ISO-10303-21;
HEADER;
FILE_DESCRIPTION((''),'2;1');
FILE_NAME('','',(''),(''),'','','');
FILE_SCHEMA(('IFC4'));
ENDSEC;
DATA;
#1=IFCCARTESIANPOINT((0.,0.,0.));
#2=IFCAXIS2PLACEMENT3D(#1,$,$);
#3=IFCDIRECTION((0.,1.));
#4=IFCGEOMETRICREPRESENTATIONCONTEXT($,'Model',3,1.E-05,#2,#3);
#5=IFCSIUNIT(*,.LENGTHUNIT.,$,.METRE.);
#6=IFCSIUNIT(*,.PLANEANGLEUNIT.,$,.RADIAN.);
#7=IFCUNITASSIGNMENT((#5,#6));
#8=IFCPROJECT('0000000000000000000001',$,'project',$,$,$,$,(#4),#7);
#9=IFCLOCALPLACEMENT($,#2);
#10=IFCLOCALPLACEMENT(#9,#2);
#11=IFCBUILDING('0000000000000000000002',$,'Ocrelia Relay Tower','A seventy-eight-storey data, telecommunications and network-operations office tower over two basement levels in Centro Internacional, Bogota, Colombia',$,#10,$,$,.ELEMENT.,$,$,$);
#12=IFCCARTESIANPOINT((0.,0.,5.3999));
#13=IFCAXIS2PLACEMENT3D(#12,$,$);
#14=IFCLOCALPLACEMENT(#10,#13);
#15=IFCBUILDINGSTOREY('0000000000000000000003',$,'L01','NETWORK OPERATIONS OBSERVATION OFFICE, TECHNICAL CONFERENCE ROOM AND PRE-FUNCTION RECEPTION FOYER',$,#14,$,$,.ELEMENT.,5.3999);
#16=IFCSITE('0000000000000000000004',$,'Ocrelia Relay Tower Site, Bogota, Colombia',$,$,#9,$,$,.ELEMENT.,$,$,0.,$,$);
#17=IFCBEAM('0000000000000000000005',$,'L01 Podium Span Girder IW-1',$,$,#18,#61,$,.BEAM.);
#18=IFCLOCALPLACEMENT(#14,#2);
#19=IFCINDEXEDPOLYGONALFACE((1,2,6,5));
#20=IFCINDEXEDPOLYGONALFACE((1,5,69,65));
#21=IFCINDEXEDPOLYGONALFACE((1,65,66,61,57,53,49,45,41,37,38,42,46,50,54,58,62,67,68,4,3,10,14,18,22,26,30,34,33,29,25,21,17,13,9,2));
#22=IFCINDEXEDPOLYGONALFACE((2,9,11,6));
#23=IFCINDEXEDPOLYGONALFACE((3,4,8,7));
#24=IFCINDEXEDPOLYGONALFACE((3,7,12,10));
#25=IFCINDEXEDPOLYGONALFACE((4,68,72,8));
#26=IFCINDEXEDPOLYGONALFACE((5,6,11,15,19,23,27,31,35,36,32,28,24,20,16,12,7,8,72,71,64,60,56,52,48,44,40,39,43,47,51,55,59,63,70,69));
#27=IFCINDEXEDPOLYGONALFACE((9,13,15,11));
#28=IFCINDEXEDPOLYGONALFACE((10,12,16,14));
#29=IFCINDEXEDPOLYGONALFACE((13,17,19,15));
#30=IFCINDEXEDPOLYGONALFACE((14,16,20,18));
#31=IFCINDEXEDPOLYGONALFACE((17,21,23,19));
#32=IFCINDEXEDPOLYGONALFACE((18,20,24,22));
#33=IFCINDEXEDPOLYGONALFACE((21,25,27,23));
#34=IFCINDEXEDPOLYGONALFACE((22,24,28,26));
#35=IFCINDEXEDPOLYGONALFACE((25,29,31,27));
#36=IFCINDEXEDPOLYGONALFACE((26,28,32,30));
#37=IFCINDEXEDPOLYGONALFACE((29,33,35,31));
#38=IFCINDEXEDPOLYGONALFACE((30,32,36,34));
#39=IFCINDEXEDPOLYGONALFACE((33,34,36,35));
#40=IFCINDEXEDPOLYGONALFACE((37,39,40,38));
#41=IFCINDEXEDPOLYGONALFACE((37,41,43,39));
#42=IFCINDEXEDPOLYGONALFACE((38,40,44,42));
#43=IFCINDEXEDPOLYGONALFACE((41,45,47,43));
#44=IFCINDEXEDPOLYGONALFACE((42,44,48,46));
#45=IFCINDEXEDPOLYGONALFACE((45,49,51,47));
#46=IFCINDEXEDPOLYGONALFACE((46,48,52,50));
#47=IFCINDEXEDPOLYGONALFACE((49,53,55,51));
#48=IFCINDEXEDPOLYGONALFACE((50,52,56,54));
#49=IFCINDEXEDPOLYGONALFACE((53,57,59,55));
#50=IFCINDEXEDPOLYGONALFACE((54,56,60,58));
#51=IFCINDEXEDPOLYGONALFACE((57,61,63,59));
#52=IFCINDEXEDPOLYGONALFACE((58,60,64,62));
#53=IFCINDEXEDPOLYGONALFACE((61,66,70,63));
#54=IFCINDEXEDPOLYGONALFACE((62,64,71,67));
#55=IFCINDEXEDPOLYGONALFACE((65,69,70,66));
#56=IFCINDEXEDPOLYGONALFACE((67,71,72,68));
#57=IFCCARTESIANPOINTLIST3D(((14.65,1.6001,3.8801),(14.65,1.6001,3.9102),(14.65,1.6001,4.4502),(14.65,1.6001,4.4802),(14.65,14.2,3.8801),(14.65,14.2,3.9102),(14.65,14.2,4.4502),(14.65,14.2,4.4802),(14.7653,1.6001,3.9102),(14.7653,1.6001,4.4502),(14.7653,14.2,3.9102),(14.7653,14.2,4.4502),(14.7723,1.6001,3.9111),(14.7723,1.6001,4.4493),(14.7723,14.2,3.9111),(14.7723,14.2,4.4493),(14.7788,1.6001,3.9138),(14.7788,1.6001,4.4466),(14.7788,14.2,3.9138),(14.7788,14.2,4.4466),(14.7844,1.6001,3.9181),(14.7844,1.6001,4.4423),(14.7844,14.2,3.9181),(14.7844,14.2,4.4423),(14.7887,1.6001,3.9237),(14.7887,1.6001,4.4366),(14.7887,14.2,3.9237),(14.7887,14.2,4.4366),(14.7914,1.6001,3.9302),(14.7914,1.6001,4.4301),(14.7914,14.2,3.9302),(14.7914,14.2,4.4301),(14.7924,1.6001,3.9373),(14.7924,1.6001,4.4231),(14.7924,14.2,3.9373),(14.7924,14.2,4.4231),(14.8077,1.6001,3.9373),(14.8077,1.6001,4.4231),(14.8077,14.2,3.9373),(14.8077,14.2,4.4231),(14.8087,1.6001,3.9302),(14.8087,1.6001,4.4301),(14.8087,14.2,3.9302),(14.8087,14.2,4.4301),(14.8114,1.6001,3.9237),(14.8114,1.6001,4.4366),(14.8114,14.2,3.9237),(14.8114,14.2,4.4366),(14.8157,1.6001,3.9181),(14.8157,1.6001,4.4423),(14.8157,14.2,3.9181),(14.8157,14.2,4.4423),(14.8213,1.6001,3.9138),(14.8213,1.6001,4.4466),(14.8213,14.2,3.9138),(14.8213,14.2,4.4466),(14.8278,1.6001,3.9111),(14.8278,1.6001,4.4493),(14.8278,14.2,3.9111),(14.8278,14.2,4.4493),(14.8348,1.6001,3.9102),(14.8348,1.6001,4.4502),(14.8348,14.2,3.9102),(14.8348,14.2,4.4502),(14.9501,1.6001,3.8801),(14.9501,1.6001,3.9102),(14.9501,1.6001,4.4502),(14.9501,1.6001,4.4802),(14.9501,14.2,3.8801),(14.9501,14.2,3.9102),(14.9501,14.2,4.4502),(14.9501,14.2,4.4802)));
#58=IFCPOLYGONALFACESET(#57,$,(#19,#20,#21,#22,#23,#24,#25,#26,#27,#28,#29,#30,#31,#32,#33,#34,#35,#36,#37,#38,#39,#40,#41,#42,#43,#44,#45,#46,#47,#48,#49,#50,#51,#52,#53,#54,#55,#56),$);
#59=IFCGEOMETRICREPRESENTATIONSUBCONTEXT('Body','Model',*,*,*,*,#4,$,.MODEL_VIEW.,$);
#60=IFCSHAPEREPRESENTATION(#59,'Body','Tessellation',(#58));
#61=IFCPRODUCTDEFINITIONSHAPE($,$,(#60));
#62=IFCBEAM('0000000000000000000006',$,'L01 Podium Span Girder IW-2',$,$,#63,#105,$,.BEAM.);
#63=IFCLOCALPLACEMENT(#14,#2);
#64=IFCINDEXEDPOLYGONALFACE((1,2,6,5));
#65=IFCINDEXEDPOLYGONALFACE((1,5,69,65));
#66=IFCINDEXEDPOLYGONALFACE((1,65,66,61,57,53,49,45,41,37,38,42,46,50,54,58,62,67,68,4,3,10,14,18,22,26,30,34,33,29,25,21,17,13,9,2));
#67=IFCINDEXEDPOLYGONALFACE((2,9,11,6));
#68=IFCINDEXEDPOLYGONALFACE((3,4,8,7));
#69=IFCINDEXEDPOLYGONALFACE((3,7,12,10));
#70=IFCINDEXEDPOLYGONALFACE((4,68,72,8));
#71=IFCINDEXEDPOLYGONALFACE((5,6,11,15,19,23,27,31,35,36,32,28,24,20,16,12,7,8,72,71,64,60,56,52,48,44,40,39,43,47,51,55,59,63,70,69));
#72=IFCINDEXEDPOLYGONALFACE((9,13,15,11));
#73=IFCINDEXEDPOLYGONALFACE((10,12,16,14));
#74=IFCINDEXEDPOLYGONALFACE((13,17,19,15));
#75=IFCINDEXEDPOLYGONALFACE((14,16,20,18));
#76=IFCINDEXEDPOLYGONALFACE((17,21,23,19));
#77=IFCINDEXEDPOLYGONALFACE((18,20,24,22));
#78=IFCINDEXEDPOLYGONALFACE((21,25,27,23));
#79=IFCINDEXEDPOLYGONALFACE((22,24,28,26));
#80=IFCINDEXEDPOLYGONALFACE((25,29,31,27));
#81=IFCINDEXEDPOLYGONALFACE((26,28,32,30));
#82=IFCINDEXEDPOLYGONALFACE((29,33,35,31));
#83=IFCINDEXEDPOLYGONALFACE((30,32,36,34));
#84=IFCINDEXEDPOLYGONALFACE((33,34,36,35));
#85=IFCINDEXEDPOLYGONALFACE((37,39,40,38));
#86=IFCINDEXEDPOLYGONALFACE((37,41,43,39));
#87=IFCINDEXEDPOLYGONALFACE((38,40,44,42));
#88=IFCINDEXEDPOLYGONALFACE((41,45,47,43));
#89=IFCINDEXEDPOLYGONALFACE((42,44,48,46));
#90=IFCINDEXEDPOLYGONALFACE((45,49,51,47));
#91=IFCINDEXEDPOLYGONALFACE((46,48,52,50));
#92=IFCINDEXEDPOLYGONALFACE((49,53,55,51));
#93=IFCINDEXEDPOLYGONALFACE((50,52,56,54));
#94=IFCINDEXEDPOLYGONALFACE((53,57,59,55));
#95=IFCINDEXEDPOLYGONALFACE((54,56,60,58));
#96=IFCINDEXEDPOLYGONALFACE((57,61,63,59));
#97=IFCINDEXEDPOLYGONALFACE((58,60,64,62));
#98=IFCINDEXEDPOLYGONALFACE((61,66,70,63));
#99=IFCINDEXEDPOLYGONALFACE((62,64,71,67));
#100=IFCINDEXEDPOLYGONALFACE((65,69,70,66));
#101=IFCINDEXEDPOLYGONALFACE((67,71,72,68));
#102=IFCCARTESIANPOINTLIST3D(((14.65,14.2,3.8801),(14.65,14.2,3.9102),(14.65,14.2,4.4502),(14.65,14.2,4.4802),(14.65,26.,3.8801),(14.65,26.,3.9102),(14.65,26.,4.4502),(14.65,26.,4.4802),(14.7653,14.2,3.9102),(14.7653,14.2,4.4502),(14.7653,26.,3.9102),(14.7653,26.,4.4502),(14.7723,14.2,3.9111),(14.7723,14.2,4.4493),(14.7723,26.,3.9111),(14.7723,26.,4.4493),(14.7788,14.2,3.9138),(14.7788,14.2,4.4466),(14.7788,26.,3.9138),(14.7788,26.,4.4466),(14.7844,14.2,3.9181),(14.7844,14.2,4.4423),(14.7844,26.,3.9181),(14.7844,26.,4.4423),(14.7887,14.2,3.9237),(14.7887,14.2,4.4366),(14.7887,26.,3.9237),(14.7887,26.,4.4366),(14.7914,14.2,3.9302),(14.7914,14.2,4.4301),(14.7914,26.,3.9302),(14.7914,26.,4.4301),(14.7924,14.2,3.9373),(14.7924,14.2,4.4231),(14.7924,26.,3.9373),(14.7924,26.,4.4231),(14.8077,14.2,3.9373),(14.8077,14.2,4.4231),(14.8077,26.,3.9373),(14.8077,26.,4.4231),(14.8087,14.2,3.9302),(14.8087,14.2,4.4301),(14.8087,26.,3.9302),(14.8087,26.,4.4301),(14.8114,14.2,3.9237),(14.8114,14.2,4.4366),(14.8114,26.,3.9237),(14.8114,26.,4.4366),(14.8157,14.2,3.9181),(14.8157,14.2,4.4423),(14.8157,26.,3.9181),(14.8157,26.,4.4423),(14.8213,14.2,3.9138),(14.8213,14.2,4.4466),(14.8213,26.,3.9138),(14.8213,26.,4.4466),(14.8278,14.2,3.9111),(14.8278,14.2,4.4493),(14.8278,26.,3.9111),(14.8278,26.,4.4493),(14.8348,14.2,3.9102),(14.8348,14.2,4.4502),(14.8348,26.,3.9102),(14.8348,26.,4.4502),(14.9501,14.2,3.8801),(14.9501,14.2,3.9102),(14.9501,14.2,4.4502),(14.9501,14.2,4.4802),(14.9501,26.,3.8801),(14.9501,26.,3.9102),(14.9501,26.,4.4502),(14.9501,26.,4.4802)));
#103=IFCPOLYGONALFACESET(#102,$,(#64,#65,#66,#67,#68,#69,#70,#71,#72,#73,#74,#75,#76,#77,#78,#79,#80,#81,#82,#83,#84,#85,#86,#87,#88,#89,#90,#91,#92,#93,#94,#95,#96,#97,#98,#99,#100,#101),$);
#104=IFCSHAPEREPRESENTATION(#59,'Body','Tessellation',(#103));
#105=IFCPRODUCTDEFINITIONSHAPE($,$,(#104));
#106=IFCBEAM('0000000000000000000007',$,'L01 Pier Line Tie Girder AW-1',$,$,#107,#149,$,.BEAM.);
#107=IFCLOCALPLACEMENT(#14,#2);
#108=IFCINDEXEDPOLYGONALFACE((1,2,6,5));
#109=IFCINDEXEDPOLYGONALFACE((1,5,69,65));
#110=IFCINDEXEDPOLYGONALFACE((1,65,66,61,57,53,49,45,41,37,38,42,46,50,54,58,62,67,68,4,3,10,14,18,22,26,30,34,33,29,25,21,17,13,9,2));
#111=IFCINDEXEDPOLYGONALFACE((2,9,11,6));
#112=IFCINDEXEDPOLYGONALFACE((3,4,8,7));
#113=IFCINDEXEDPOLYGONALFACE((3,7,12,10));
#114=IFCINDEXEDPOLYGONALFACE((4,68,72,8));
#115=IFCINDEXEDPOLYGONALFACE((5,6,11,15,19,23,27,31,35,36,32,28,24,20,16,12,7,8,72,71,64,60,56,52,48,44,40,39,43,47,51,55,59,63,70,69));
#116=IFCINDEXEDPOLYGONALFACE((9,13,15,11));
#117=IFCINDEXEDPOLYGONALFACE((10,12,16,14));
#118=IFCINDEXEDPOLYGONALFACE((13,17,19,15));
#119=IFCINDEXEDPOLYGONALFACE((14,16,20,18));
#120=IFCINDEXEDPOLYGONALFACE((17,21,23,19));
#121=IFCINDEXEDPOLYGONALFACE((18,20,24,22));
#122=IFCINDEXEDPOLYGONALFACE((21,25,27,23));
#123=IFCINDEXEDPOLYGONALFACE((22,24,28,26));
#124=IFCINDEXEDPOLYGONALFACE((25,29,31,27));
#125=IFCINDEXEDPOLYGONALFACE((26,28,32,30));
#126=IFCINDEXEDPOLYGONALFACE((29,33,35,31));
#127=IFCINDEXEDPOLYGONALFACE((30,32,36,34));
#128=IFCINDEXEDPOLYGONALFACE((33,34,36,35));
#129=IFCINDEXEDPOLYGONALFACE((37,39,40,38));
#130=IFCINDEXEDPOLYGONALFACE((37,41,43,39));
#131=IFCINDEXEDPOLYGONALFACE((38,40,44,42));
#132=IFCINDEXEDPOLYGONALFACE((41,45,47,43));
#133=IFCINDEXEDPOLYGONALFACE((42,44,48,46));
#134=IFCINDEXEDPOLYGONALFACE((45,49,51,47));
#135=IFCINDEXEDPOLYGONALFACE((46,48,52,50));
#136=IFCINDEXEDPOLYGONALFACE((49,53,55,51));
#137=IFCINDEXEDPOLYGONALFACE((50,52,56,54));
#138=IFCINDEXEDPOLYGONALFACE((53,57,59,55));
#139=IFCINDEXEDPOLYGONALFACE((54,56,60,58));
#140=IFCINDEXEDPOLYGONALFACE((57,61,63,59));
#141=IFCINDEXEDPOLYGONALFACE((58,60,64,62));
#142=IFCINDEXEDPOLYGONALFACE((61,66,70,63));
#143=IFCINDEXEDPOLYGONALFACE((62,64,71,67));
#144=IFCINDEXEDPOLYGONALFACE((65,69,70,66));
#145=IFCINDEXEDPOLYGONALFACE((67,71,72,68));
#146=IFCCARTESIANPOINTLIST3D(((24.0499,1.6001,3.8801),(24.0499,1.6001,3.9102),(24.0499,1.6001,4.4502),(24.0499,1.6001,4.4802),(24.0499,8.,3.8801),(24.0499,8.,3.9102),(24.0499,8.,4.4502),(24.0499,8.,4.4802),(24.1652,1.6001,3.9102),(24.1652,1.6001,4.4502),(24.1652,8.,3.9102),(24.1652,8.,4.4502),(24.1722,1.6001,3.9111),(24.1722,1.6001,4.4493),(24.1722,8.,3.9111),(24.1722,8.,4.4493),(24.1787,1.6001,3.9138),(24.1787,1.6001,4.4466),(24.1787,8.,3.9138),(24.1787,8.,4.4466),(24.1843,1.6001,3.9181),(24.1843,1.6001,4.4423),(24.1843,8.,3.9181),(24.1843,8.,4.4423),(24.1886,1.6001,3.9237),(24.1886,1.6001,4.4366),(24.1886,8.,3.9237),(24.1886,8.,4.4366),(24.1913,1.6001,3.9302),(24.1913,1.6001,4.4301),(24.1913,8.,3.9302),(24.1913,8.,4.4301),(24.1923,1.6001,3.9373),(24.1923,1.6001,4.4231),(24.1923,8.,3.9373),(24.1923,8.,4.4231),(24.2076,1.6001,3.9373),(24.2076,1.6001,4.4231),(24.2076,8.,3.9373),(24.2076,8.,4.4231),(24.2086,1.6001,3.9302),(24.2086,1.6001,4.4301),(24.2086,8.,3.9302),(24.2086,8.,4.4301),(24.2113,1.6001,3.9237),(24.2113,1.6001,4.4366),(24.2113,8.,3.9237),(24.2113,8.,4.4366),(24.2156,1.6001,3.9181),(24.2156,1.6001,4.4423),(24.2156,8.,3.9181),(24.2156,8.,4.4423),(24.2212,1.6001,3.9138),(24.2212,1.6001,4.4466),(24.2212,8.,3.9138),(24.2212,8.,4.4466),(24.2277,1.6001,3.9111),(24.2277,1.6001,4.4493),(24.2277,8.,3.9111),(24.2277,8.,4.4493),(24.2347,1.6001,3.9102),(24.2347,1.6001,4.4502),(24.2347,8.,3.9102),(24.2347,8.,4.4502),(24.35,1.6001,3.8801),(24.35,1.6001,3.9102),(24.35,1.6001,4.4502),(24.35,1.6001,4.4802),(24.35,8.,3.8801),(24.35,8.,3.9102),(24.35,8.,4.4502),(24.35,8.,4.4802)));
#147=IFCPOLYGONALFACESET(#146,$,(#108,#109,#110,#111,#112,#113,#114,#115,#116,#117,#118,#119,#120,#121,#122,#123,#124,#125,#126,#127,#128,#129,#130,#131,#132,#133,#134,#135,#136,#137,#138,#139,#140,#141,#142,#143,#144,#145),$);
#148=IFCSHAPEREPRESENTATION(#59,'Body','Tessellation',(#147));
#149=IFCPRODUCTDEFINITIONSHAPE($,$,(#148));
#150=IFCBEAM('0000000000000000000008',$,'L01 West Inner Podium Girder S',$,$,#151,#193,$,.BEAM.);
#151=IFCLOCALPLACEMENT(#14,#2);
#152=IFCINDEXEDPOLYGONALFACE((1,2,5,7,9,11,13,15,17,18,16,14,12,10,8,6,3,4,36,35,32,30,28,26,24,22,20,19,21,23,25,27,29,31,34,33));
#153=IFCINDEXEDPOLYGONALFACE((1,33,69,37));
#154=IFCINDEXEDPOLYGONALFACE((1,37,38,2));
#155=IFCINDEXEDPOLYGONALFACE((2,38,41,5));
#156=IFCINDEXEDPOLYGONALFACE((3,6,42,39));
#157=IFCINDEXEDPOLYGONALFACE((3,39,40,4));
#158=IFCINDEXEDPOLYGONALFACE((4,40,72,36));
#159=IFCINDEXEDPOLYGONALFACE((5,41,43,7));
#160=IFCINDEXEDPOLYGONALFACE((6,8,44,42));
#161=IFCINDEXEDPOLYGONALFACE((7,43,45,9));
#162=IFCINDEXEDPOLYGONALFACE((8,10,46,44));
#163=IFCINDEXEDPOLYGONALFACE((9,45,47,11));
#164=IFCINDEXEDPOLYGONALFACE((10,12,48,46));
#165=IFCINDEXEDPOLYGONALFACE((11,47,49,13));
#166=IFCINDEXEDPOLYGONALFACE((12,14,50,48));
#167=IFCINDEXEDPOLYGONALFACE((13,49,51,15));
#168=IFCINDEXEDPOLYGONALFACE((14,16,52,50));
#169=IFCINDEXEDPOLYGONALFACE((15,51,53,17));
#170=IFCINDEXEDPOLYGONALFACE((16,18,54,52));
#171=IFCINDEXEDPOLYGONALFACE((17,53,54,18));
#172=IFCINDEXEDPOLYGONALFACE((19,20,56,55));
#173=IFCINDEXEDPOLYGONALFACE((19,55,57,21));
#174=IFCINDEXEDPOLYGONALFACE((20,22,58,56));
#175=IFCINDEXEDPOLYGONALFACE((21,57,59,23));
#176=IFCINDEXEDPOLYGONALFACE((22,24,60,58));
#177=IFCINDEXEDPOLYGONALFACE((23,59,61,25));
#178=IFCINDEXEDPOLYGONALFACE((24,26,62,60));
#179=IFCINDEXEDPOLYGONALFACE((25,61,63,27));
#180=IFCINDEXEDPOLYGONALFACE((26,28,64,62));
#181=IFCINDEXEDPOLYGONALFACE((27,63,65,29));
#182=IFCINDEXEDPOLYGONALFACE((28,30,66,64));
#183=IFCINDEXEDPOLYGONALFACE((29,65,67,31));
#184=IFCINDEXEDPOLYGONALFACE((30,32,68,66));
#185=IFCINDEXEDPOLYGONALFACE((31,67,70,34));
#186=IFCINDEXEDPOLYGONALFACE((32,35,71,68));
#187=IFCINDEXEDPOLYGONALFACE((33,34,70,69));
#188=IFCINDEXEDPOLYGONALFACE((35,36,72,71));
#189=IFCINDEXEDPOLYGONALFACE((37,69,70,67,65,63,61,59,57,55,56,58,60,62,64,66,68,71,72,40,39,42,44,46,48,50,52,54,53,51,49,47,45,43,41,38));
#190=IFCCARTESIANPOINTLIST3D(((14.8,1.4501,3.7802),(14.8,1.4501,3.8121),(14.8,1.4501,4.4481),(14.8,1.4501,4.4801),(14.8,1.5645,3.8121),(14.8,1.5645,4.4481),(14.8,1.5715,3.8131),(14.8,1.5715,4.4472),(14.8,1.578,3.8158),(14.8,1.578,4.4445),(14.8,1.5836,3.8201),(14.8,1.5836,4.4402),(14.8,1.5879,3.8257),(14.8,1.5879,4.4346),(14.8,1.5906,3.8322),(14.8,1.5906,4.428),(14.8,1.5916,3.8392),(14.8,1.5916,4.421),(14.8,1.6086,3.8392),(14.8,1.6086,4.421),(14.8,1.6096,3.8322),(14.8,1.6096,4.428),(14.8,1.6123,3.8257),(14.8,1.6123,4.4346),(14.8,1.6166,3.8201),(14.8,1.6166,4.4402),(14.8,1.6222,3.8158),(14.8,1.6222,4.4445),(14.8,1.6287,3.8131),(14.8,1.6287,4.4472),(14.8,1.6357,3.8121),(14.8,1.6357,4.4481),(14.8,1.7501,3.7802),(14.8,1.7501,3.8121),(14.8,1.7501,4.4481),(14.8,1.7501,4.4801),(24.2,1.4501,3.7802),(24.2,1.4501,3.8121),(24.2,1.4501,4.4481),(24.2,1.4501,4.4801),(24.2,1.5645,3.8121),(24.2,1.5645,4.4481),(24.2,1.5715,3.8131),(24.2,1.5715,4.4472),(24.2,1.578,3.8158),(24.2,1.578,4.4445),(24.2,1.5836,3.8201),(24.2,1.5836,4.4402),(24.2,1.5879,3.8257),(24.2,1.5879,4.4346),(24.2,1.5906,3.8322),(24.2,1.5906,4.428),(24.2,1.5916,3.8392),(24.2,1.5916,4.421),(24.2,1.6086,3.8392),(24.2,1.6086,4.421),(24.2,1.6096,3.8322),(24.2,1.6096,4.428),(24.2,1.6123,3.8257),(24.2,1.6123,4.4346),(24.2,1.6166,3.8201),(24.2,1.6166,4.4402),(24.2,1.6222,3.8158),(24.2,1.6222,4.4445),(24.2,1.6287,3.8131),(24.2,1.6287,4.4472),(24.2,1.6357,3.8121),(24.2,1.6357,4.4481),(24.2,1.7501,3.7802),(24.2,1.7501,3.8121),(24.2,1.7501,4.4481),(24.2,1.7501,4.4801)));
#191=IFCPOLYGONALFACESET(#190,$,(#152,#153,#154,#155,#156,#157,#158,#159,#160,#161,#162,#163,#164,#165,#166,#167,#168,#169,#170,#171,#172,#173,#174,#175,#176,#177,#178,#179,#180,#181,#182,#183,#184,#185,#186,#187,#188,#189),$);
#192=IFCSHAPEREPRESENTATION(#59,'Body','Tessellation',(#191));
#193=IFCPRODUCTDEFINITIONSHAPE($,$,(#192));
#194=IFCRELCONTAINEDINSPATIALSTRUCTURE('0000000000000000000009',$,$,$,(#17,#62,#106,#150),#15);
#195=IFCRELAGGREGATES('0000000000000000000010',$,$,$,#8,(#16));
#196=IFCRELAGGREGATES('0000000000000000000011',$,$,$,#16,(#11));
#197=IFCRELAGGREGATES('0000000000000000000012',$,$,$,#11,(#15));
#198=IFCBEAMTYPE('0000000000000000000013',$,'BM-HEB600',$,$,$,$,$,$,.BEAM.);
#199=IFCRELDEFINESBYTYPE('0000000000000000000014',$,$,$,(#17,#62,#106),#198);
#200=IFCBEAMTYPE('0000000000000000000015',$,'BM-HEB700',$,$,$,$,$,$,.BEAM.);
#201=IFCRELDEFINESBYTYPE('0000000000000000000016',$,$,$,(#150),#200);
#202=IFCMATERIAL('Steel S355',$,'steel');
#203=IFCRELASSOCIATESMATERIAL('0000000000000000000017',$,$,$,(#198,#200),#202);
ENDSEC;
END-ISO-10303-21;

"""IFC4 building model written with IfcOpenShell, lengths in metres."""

from ifc_helpers import new_model, si_unit, direction, frame, origin, origin_2d, place, context, subcontext, project, spatial, i_section, extrude, material, material_profile, profile_set, type_object, element, save


model = new_model("IFC4")

# Units and contexts
model_context = context("Model", 3, precision=1e-05, world=origin(), true_north=direction((0.0, 1.0)))
body_context = subcontext(model_context, "Body", "Model", "MODEL_VIEW")
ifc_project = project(units=[si_unit("LENGTHUNIT", "METRE"), si_unit("PLANEANGLEUNIT", "RADIAN")], contexts=[model_context])

# Site, building, storey
site_placement = place(None, origin())
site = spatial("IfcSite", under=ifc_project, at=site_placement, Name="Ocrelia Relay Tower Site, Bogota, Colombia", CompositionType="ELEMENT", RefElevation=0.0)
building_placement = place(site_placement, origin())
building = spatial("IfcBuilding", under=site, at=building_placement, Name="Ocrelia Relay Tower", Description="A seventy-eight-storey data, telecommunications and network-operations office tower over two basement levels in Centro Internacional, Bogota, Colombia", CompositionType="ELEMENT")
storey_placement = place(building_placement, frame((0.0, 0.0, 5.3999)))
storey = spatial("IfcBuildingStorey", under=building, at=storey_placement, Name="L01", Description="NETWORK OPERATIONS OBSERVATION OFFICE, TECHNICAL CONFERENCE ROOM AND PRE-FUNCTION RECEPTION FOYER", CompositionType="ELEMENT", Elevation=5.3999)

# Beams
ifc_material_1 = material(Name="Steel S355", Category="steel")
ifc_material_profile_1 = material_profile(ifc_material_1, i_section(OverallWidth=0.3, OverallDepth=0.6001, WebThickness=0.0154, FlangeThickness=0.03, FilletRadius=0.0271, at=origin_2d()), Name="HEB 600")
ifc_profile_set_1 = profile_set([ifc_material_profile_1], Name="Steel S355")
beam_type_1 = type_object("IfcBeamType", Name="BM-HEB600", PredefinedType="BEAM", material=ifc_profile_set_1)
beam_1_placement = place(storey_placement, frame((14.8, 1.6001, 4.1802), z_axis=(0.0, 1.0, 0.0), x_axis=(-1.0, 0.0, 0.0)))
element("IfcBeam", 1, at=beam_1_placement, inside=storey, type_object=beam_type_1, Name="L01 Podium Span Girder IW-1", PredefinedType="BEAM", context=body_context, shape_type="SweptSolid", body=[
    extrude(i_section(OverallWidth=0.3, OverallDepth=0.6001, WebThickness=0.0154, FlangeThickness=0.03, FilletRadius=0.0271, at=origin_2d()), origin(), (0.0, 0.0, 1.0), 12.5999),
])
beam_2_placement = place(storey_placement, frame((14.8, 14.2, 4.1802), z_axis=(0.0, 1.0, 0.0), x_axis=(-1.0, 0.0, 0.0)))
element("IfcBeam", 2, at=beam_2_placement, inside=storey, type_object=beam_type_1, Name="L01 Podium Span Girder IW-2", PredefinedType="BEAM", context=body_context, shape_type="SweptSolid", body=[
    extrude(i_section(OverallWidth=0.3, OverallDepth=0.6001, WebThickness=0.0154, FlangeThickness=0.03, FilletRadius=0.0271, at=origin_2d()), origin(), (0.0, 0.0, 1.0), 11.8),
])
beam_3_placement = place(storey_placement, frame((24.2, 1.6001, 4.1802), z_axis=(0.0, 1.0, 0.0), x_axis=(-1.0, 0.0, 0.0)))
element("IfcBeam", 3, at=beam_3_placement, inside=storey, type_object=beam_type_1, Name="L01 Pier Line Tie Girder AW-1", PredefinedType="BEAM", context=body_context, shape_type="SweptSolid", body=[
    extrude(i_section(OverallWidth=0.3, OverallDepth=0.6001, WebThickness=0.0154, FlangeThickness=0.03, FilletRadius=0.0271, at=origin_2d()), origin(), (0.0, 0.0, 1.0), 6.3999),
])
ifc_material_profile_2 = material_profile(ifc_material_1, i_section(OverallWidth=0.3, OverallDepth=0.7, WebThickness=0.0171, FlangeThickness=0.032, FilletRadius=0.0271, at=origin_2d()), Name="HEB 700")
ifc_profile_set_2 = profile_set([ifc_material_profile_2], Name="Steel S355")
beam_type_2 = type_object("IfcBeamType", Name="BM-HEB700", PredefinedType="BEAM", material=ifc_profile_set_2)
for number, where, z_axis, x_axis, name in (
    (4, (14.8, 1.6001, 4.1301), (1.0, 0.0, 0.0), (0.0, 1.0, 0.0), "L01 West Inner Podium Girder S"),
):
    element("IfcBeam", number, at=place(storey_placement, frame(where, z_axis=z_axis, x_axis=x_axis)), inside=storey, type_object=beam_type_2, Name=name, PredefinedType="BEAM", context=body_context, shape_type="SweptSolid", body=[
        extrude(i_section(OverallWidth=0.3, OverallDepth=0.7, WebThickness=0.0171, FlangeThickness=0.032, FilletRadius=0.0271, at=origin_2d()), origin(), (0.0, 0.0, 1.0), 9.3999),
    ])

save(model, "model.ifc")
